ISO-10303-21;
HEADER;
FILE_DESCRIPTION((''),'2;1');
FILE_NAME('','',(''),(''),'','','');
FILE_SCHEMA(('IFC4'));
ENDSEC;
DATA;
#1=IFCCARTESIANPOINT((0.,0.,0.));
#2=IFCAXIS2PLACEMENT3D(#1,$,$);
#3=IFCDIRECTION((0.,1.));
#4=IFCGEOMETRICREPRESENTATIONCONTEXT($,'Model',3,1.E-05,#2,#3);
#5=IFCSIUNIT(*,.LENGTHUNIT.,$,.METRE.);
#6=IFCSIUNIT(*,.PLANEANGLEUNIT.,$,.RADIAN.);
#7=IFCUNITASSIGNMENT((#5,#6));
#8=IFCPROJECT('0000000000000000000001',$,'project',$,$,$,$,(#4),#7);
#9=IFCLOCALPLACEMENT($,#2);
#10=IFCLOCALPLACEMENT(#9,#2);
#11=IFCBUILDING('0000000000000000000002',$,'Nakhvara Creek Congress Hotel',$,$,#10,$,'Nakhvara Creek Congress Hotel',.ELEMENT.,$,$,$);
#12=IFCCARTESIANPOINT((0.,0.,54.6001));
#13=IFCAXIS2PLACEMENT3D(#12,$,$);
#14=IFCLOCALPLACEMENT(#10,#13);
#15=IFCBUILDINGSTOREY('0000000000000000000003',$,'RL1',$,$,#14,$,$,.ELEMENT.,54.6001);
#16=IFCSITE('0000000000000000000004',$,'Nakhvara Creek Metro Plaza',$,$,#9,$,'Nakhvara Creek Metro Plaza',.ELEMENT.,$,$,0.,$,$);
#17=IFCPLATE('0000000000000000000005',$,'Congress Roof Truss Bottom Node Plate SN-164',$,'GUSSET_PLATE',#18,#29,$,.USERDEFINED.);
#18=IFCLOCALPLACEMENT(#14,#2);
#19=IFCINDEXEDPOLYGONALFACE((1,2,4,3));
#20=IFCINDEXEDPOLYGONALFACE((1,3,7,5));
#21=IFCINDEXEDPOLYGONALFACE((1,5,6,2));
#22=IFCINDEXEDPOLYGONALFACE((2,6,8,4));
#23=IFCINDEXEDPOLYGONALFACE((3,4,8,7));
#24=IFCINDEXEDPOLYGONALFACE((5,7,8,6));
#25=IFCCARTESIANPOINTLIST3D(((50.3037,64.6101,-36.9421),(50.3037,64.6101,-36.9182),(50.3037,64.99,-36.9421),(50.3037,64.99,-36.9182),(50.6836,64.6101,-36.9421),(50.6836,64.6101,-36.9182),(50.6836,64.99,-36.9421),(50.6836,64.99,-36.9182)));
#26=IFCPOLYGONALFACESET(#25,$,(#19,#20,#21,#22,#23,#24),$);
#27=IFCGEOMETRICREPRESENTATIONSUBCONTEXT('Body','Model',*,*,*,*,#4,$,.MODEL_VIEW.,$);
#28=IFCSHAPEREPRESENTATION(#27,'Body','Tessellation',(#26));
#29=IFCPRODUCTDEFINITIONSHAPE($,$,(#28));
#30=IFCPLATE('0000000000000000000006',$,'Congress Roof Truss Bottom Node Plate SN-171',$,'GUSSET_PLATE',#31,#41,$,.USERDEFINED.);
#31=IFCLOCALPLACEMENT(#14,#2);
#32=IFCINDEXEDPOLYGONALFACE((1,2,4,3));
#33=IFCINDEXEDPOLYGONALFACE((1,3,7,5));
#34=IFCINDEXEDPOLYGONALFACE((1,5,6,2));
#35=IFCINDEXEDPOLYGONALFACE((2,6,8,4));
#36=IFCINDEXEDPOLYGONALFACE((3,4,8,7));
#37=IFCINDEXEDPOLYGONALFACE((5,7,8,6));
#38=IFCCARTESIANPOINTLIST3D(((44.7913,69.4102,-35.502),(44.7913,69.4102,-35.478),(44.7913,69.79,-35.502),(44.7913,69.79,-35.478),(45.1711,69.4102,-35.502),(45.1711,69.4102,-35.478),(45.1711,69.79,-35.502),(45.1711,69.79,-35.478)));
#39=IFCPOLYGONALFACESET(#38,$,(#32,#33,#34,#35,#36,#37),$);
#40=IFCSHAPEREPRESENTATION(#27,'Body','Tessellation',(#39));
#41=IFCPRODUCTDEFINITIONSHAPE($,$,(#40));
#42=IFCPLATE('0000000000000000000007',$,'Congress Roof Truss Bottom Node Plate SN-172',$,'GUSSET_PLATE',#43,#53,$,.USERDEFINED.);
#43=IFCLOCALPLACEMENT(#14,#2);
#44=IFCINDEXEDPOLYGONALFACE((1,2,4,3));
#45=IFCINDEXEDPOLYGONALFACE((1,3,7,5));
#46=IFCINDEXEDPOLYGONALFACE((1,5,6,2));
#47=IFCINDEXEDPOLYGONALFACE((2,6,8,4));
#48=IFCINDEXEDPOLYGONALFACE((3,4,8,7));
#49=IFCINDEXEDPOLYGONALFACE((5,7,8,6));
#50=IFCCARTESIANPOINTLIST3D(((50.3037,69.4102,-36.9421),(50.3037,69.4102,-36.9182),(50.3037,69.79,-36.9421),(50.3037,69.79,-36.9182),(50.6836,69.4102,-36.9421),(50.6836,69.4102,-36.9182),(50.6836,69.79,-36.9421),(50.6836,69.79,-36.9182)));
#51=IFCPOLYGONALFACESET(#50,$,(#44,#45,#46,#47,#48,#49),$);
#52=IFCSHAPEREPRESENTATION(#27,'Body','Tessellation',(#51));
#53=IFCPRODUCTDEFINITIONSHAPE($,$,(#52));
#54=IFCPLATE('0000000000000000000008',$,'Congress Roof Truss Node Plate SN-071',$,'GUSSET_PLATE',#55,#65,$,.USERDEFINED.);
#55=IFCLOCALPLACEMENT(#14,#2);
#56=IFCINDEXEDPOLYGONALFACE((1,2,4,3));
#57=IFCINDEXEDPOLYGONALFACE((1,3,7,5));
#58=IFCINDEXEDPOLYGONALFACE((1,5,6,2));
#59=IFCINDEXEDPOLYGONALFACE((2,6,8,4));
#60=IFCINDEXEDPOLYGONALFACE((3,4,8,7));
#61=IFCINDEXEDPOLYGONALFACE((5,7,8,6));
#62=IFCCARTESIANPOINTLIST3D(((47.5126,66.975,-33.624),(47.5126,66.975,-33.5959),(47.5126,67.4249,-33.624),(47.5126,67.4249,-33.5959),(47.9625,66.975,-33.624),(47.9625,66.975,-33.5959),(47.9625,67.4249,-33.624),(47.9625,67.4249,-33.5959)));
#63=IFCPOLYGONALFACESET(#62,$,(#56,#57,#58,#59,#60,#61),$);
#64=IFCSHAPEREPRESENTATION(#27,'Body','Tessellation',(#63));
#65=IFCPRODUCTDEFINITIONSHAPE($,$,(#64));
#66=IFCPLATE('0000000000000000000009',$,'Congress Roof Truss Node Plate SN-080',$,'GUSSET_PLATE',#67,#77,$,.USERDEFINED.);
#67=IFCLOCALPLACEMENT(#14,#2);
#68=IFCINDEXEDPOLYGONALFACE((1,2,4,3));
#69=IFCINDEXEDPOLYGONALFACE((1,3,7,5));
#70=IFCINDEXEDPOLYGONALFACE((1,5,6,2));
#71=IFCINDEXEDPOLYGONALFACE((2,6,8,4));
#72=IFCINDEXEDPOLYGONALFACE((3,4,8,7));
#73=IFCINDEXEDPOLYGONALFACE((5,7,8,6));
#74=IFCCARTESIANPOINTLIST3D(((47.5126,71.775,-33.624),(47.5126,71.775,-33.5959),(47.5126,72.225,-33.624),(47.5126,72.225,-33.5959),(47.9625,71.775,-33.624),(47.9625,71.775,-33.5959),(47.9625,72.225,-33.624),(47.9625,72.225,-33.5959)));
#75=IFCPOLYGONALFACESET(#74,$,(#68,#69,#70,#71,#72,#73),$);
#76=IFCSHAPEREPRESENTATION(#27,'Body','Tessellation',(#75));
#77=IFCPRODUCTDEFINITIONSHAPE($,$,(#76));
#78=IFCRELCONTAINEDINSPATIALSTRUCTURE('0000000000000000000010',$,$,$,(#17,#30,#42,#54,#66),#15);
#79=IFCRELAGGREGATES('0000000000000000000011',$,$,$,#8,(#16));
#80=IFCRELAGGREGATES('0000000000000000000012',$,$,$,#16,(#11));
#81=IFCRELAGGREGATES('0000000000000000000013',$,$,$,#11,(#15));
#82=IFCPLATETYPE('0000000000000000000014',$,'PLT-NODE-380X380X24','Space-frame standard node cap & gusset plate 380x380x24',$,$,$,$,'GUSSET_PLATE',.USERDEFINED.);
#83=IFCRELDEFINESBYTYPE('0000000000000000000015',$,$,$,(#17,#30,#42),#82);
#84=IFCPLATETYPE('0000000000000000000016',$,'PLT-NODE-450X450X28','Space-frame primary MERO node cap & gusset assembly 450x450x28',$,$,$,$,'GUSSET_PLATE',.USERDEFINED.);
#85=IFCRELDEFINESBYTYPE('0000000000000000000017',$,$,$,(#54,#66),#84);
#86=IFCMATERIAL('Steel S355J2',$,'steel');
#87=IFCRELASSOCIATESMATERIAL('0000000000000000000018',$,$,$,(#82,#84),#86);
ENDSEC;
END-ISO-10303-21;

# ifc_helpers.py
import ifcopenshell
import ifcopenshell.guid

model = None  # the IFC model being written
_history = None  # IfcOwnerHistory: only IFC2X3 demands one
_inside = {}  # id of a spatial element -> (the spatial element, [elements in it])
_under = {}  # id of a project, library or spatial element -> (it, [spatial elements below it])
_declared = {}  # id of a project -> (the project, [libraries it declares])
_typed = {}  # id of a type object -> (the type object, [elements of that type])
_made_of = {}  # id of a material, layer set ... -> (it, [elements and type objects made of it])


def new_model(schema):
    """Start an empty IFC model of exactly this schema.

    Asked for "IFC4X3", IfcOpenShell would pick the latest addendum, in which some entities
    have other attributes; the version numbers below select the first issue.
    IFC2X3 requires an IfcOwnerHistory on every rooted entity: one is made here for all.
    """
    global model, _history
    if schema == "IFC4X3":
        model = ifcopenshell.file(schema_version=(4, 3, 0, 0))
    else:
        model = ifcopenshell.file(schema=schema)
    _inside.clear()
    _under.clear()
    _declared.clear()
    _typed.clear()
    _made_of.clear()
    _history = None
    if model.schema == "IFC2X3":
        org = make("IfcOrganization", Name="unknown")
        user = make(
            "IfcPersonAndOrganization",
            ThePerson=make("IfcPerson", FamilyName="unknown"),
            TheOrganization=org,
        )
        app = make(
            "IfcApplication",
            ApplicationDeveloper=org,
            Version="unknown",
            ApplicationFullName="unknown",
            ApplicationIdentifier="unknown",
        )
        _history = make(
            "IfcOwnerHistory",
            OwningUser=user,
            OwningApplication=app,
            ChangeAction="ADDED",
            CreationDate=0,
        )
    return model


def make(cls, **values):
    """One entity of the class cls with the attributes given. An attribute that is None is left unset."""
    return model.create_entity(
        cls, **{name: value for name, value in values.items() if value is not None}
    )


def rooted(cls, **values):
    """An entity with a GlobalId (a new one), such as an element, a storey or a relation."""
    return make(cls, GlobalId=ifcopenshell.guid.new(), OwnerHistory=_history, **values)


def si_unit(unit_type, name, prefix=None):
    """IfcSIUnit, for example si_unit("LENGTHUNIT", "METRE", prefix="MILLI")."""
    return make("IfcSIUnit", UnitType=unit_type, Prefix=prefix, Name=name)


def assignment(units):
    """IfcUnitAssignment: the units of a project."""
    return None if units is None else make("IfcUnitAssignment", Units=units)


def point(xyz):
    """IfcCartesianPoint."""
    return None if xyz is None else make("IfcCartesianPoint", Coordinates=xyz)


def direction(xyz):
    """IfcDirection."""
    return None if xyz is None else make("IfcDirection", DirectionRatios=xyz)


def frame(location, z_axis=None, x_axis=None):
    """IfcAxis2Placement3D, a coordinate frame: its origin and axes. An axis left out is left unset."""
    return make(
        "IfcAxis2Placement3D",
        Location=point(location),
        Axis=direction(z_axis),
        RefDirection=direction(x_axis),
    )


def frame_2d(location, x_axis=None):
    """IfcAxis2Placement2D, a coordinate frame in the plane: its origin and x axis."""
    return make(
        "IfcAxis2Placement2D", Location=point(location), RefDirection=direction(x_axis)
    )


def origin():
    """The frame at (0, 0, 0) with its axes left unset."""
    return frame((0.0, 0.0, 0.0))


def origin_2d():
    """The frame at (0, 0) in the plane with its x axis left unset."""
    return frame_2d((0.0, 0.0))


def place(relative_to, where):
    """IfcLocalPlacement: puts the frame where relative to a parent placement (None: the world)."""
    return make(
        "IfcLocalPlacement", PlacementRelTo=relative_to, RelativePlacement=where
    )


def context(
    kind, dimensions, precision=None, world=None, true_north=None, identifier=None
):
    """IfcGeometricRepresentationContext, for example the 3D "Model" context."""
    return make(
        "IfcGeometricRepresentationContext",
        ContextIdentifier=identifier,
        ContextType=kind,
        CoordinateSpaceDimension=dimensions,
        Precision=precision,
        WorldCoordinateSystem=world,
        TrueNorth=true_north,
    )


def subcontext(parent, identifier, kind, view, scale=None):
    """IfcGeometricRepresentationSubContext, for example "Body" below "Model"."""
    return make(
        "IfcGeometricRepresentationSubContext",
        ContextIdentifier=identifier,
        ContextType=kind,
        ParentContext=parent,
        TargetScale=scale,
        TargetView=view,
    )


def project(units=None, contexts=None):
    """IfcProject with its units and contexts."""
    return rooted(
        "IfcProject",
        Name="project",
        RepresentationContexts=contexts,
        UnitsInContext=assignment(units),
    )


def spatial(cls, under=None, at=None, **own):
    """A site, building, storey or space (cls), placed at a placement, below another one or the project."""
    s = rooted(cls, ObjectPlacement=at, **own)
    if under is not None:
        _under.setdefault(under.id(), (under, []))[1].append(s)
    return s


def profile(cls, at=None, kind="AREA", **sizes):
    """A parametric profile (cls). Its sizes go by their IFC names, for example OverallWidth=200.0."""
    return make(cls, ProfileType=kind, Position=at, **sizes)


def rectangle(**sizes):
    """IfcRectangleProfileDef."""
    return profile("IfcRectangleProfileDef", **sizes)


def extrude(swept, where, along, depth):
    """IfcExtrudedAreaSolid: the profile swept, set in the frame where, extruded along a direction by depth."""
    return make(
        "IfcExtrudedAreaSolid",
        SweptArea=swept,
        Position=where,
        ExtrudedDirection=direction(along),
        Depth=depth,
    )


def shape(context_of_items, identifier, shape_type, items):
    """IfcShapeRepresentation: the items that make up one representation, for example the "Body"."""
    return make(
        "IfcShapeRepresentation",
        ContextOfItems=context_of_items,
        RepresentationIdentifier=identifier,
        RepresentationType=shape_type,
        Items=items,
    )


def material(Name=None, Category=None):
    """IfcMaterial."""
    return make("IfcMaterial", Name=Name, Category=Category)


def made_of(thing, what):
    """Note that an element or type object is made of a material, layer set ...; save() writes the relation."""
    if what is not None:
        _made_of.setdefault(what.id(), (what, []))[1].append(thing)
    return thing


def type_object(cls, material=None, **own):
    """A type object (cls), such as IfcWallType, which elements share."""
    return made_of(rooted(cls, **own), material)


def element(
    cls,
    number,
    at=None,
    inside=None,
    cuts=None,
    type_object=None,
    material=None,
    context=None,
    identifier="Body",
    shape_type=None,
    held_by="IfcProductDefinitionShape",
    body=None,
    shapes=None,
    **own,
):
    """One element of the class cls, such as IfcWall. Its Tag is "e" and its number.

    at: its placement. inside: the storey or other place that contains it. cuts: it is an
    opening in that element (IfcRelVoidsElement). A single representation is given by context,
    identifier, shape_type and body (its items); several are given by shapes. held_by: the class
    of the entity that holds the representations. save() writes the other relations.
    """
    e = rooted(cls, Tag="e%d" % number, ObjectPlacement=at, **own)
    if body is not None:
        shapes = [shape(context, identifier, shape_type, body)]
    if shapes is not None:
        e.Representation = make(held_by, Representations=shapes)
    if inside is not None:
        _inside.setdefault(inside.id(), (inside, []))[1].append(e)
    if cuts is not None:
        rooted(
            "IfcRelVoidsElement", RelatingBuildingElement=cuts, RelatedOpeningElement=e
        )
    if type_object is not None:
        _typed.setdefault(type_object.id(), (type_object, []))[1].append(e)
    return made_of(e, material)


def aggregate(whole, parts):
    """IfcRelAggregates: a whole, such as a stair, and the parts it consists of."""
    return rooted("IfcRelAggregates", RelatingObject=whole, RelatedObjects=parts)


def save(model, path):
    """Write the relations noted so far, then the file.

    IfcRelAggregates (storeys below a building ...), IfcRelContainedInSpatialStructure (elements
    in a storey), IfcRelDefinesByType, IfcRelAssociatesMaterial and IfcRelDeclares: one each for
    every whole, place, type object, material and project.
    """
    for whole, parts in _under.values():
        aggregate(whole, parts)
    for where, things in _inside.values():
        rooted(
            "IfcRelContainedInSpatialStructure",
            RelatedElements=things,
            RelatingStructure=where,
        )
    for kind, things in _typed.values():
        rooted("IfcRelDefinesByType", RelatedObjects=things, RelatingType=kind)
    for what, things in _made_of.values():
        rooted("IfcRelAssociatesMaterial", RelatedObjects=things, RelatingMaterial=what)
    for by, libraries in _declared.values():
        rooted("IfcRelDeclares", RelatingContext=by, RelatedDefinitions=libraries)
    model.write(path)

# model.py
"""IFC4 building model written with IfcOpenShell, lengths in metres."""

from ifc_helpers import new_model, si_unit, direction, frame, origin, origin_2d, place, context, subcontext, project, spatial, rectangle, extrude, material, type_object, element, save


model = new_model("IFC4")

# Units and contexts
model_context = context("Model", 3, precision=1e-05, world=origin(), true_north=direction((0.0, 1.0)))
body_context = subcontext(model_context, "Body", "Model", "MODEL_VIEW")
ifc_project = project(units=[si_unit("LENGTHUNIT", "METRE"), si_unit("PLANEANGLEUNIT", "RADIAN")], contexts=[model_context])

# Site, building, storey
site_placement = place(None, origin())
site = spatial("IfcSite", under=ifc_project, at=site_placement, Name="Nakhvara Creek Metro Plaza", LongName="Nakhvara Creek Metro Plaza", CompositionType="ELEMENT", RefElevation=0.0)
building_placement = place(site_placement, origin())
building = spatial("IfcBuilding", under=site, at=building_placement, Name="Nakhvara Creek Congress Hotel", LongName="Nakhvara Creek Congress Hotel", CompositionType="ELEMENT")
storey_placement = place(building_placement, frame((0.0, 0.0, 54.6001)))
storey = spatial("IfcBuildingStorey", under=building, at=storey_placement, Name="RL1", CompositionType="ELEMENT", Elevation=54.6001)

# Plates
ifc_material_1 = material(Name="Steel S355J2", Category="steel")
plate_type_1 = type_object("IfcPlateType", Name="PLT-NODE-380X380X24", Description="Space-frame standard node cap & gusset plate 380x380x24", ElementType="GUSSET_PLATE", PredefinedType="USERDEFINED", material=ifc_material_1)
for number, where, z_axis, x_axis, name in (
    (1, (50.4937, 64.8, -36.9421), (0.0, 0.0, 1.0), (1.0, 0.0, 0.0), "Congress Roof Truss Bottom Node Plate SN-164"),
    (2, (44.9812, 69.6001, -35.502), (0.0, 0.0, 1.0), (1.0, 0.0, 0.0), "Congress Roof Truss Bottom Node Plate SN-171"),
    (3, (50.4937, 69.6001, -36.9421), (0.0, 0.0, 1.0), (1.0, 0.0, 0.0), "Congress Roof Truss Bottom Node Plate SN-172"),
):
    element("IfcPlate", number, at=place(storey_placement, frame(where, z_axis=z_axis, x_axis=x_axis)), inside=storey, type_object=plate_type_1, Name=name, ObjectType="GUSSET_PLATE", PredefinedType="USERDEFINED", context=body_context, shape_type="SweptSolid", body=[
        extrude(rectangle(XDim=0.3799, YDim=0.3799, at=origin_2d()), origin(), (0.0, 0.0, 1.0), 0.0239),
    ])
plate_type_2 = type_object("IfcPlateType", Name="PLT-NODE-450X450X28", Description="Space-frame primary MERO node cap & gusset assembly 450x450x28", ElementType="GUSSET_PLATE", PredefinedType="USERDEFINED", material=ifc_material_1)
for number, where, z_axis, x_axis, name in (
    (4, (47.7375, 67.2, -33.624), (0.0, 0.0, 1.0), (1.0, 0.0, 0.0), "Congress Roof Truss Node Plate SN-071"),
    (5, (47.7375, 72.0, -33.624), (0.0, 0.0, 1.0), (1.0, 0.0, 0.0), "Congress Roof Truss Node Plate SN-080"),
):
    element("IfcPlate", number, at=place(storey_placement, frame(where, z_axis=z_axis, x_axis=x_axis)), inside=storey, type_object=plate_type_2, Name=name, ObjectType="GUSSET_PLATE", PredefinedType="USERDEFINED", context=body_context, shape_type="SweptSolid", body=[
        extrude(rectangle(XDim=0.45, YDim=0.45, at=origin_2d()), origin(), (0.0, 0.0, 1.0), 0.0281),
    ])

save(model, "model.ifc")
